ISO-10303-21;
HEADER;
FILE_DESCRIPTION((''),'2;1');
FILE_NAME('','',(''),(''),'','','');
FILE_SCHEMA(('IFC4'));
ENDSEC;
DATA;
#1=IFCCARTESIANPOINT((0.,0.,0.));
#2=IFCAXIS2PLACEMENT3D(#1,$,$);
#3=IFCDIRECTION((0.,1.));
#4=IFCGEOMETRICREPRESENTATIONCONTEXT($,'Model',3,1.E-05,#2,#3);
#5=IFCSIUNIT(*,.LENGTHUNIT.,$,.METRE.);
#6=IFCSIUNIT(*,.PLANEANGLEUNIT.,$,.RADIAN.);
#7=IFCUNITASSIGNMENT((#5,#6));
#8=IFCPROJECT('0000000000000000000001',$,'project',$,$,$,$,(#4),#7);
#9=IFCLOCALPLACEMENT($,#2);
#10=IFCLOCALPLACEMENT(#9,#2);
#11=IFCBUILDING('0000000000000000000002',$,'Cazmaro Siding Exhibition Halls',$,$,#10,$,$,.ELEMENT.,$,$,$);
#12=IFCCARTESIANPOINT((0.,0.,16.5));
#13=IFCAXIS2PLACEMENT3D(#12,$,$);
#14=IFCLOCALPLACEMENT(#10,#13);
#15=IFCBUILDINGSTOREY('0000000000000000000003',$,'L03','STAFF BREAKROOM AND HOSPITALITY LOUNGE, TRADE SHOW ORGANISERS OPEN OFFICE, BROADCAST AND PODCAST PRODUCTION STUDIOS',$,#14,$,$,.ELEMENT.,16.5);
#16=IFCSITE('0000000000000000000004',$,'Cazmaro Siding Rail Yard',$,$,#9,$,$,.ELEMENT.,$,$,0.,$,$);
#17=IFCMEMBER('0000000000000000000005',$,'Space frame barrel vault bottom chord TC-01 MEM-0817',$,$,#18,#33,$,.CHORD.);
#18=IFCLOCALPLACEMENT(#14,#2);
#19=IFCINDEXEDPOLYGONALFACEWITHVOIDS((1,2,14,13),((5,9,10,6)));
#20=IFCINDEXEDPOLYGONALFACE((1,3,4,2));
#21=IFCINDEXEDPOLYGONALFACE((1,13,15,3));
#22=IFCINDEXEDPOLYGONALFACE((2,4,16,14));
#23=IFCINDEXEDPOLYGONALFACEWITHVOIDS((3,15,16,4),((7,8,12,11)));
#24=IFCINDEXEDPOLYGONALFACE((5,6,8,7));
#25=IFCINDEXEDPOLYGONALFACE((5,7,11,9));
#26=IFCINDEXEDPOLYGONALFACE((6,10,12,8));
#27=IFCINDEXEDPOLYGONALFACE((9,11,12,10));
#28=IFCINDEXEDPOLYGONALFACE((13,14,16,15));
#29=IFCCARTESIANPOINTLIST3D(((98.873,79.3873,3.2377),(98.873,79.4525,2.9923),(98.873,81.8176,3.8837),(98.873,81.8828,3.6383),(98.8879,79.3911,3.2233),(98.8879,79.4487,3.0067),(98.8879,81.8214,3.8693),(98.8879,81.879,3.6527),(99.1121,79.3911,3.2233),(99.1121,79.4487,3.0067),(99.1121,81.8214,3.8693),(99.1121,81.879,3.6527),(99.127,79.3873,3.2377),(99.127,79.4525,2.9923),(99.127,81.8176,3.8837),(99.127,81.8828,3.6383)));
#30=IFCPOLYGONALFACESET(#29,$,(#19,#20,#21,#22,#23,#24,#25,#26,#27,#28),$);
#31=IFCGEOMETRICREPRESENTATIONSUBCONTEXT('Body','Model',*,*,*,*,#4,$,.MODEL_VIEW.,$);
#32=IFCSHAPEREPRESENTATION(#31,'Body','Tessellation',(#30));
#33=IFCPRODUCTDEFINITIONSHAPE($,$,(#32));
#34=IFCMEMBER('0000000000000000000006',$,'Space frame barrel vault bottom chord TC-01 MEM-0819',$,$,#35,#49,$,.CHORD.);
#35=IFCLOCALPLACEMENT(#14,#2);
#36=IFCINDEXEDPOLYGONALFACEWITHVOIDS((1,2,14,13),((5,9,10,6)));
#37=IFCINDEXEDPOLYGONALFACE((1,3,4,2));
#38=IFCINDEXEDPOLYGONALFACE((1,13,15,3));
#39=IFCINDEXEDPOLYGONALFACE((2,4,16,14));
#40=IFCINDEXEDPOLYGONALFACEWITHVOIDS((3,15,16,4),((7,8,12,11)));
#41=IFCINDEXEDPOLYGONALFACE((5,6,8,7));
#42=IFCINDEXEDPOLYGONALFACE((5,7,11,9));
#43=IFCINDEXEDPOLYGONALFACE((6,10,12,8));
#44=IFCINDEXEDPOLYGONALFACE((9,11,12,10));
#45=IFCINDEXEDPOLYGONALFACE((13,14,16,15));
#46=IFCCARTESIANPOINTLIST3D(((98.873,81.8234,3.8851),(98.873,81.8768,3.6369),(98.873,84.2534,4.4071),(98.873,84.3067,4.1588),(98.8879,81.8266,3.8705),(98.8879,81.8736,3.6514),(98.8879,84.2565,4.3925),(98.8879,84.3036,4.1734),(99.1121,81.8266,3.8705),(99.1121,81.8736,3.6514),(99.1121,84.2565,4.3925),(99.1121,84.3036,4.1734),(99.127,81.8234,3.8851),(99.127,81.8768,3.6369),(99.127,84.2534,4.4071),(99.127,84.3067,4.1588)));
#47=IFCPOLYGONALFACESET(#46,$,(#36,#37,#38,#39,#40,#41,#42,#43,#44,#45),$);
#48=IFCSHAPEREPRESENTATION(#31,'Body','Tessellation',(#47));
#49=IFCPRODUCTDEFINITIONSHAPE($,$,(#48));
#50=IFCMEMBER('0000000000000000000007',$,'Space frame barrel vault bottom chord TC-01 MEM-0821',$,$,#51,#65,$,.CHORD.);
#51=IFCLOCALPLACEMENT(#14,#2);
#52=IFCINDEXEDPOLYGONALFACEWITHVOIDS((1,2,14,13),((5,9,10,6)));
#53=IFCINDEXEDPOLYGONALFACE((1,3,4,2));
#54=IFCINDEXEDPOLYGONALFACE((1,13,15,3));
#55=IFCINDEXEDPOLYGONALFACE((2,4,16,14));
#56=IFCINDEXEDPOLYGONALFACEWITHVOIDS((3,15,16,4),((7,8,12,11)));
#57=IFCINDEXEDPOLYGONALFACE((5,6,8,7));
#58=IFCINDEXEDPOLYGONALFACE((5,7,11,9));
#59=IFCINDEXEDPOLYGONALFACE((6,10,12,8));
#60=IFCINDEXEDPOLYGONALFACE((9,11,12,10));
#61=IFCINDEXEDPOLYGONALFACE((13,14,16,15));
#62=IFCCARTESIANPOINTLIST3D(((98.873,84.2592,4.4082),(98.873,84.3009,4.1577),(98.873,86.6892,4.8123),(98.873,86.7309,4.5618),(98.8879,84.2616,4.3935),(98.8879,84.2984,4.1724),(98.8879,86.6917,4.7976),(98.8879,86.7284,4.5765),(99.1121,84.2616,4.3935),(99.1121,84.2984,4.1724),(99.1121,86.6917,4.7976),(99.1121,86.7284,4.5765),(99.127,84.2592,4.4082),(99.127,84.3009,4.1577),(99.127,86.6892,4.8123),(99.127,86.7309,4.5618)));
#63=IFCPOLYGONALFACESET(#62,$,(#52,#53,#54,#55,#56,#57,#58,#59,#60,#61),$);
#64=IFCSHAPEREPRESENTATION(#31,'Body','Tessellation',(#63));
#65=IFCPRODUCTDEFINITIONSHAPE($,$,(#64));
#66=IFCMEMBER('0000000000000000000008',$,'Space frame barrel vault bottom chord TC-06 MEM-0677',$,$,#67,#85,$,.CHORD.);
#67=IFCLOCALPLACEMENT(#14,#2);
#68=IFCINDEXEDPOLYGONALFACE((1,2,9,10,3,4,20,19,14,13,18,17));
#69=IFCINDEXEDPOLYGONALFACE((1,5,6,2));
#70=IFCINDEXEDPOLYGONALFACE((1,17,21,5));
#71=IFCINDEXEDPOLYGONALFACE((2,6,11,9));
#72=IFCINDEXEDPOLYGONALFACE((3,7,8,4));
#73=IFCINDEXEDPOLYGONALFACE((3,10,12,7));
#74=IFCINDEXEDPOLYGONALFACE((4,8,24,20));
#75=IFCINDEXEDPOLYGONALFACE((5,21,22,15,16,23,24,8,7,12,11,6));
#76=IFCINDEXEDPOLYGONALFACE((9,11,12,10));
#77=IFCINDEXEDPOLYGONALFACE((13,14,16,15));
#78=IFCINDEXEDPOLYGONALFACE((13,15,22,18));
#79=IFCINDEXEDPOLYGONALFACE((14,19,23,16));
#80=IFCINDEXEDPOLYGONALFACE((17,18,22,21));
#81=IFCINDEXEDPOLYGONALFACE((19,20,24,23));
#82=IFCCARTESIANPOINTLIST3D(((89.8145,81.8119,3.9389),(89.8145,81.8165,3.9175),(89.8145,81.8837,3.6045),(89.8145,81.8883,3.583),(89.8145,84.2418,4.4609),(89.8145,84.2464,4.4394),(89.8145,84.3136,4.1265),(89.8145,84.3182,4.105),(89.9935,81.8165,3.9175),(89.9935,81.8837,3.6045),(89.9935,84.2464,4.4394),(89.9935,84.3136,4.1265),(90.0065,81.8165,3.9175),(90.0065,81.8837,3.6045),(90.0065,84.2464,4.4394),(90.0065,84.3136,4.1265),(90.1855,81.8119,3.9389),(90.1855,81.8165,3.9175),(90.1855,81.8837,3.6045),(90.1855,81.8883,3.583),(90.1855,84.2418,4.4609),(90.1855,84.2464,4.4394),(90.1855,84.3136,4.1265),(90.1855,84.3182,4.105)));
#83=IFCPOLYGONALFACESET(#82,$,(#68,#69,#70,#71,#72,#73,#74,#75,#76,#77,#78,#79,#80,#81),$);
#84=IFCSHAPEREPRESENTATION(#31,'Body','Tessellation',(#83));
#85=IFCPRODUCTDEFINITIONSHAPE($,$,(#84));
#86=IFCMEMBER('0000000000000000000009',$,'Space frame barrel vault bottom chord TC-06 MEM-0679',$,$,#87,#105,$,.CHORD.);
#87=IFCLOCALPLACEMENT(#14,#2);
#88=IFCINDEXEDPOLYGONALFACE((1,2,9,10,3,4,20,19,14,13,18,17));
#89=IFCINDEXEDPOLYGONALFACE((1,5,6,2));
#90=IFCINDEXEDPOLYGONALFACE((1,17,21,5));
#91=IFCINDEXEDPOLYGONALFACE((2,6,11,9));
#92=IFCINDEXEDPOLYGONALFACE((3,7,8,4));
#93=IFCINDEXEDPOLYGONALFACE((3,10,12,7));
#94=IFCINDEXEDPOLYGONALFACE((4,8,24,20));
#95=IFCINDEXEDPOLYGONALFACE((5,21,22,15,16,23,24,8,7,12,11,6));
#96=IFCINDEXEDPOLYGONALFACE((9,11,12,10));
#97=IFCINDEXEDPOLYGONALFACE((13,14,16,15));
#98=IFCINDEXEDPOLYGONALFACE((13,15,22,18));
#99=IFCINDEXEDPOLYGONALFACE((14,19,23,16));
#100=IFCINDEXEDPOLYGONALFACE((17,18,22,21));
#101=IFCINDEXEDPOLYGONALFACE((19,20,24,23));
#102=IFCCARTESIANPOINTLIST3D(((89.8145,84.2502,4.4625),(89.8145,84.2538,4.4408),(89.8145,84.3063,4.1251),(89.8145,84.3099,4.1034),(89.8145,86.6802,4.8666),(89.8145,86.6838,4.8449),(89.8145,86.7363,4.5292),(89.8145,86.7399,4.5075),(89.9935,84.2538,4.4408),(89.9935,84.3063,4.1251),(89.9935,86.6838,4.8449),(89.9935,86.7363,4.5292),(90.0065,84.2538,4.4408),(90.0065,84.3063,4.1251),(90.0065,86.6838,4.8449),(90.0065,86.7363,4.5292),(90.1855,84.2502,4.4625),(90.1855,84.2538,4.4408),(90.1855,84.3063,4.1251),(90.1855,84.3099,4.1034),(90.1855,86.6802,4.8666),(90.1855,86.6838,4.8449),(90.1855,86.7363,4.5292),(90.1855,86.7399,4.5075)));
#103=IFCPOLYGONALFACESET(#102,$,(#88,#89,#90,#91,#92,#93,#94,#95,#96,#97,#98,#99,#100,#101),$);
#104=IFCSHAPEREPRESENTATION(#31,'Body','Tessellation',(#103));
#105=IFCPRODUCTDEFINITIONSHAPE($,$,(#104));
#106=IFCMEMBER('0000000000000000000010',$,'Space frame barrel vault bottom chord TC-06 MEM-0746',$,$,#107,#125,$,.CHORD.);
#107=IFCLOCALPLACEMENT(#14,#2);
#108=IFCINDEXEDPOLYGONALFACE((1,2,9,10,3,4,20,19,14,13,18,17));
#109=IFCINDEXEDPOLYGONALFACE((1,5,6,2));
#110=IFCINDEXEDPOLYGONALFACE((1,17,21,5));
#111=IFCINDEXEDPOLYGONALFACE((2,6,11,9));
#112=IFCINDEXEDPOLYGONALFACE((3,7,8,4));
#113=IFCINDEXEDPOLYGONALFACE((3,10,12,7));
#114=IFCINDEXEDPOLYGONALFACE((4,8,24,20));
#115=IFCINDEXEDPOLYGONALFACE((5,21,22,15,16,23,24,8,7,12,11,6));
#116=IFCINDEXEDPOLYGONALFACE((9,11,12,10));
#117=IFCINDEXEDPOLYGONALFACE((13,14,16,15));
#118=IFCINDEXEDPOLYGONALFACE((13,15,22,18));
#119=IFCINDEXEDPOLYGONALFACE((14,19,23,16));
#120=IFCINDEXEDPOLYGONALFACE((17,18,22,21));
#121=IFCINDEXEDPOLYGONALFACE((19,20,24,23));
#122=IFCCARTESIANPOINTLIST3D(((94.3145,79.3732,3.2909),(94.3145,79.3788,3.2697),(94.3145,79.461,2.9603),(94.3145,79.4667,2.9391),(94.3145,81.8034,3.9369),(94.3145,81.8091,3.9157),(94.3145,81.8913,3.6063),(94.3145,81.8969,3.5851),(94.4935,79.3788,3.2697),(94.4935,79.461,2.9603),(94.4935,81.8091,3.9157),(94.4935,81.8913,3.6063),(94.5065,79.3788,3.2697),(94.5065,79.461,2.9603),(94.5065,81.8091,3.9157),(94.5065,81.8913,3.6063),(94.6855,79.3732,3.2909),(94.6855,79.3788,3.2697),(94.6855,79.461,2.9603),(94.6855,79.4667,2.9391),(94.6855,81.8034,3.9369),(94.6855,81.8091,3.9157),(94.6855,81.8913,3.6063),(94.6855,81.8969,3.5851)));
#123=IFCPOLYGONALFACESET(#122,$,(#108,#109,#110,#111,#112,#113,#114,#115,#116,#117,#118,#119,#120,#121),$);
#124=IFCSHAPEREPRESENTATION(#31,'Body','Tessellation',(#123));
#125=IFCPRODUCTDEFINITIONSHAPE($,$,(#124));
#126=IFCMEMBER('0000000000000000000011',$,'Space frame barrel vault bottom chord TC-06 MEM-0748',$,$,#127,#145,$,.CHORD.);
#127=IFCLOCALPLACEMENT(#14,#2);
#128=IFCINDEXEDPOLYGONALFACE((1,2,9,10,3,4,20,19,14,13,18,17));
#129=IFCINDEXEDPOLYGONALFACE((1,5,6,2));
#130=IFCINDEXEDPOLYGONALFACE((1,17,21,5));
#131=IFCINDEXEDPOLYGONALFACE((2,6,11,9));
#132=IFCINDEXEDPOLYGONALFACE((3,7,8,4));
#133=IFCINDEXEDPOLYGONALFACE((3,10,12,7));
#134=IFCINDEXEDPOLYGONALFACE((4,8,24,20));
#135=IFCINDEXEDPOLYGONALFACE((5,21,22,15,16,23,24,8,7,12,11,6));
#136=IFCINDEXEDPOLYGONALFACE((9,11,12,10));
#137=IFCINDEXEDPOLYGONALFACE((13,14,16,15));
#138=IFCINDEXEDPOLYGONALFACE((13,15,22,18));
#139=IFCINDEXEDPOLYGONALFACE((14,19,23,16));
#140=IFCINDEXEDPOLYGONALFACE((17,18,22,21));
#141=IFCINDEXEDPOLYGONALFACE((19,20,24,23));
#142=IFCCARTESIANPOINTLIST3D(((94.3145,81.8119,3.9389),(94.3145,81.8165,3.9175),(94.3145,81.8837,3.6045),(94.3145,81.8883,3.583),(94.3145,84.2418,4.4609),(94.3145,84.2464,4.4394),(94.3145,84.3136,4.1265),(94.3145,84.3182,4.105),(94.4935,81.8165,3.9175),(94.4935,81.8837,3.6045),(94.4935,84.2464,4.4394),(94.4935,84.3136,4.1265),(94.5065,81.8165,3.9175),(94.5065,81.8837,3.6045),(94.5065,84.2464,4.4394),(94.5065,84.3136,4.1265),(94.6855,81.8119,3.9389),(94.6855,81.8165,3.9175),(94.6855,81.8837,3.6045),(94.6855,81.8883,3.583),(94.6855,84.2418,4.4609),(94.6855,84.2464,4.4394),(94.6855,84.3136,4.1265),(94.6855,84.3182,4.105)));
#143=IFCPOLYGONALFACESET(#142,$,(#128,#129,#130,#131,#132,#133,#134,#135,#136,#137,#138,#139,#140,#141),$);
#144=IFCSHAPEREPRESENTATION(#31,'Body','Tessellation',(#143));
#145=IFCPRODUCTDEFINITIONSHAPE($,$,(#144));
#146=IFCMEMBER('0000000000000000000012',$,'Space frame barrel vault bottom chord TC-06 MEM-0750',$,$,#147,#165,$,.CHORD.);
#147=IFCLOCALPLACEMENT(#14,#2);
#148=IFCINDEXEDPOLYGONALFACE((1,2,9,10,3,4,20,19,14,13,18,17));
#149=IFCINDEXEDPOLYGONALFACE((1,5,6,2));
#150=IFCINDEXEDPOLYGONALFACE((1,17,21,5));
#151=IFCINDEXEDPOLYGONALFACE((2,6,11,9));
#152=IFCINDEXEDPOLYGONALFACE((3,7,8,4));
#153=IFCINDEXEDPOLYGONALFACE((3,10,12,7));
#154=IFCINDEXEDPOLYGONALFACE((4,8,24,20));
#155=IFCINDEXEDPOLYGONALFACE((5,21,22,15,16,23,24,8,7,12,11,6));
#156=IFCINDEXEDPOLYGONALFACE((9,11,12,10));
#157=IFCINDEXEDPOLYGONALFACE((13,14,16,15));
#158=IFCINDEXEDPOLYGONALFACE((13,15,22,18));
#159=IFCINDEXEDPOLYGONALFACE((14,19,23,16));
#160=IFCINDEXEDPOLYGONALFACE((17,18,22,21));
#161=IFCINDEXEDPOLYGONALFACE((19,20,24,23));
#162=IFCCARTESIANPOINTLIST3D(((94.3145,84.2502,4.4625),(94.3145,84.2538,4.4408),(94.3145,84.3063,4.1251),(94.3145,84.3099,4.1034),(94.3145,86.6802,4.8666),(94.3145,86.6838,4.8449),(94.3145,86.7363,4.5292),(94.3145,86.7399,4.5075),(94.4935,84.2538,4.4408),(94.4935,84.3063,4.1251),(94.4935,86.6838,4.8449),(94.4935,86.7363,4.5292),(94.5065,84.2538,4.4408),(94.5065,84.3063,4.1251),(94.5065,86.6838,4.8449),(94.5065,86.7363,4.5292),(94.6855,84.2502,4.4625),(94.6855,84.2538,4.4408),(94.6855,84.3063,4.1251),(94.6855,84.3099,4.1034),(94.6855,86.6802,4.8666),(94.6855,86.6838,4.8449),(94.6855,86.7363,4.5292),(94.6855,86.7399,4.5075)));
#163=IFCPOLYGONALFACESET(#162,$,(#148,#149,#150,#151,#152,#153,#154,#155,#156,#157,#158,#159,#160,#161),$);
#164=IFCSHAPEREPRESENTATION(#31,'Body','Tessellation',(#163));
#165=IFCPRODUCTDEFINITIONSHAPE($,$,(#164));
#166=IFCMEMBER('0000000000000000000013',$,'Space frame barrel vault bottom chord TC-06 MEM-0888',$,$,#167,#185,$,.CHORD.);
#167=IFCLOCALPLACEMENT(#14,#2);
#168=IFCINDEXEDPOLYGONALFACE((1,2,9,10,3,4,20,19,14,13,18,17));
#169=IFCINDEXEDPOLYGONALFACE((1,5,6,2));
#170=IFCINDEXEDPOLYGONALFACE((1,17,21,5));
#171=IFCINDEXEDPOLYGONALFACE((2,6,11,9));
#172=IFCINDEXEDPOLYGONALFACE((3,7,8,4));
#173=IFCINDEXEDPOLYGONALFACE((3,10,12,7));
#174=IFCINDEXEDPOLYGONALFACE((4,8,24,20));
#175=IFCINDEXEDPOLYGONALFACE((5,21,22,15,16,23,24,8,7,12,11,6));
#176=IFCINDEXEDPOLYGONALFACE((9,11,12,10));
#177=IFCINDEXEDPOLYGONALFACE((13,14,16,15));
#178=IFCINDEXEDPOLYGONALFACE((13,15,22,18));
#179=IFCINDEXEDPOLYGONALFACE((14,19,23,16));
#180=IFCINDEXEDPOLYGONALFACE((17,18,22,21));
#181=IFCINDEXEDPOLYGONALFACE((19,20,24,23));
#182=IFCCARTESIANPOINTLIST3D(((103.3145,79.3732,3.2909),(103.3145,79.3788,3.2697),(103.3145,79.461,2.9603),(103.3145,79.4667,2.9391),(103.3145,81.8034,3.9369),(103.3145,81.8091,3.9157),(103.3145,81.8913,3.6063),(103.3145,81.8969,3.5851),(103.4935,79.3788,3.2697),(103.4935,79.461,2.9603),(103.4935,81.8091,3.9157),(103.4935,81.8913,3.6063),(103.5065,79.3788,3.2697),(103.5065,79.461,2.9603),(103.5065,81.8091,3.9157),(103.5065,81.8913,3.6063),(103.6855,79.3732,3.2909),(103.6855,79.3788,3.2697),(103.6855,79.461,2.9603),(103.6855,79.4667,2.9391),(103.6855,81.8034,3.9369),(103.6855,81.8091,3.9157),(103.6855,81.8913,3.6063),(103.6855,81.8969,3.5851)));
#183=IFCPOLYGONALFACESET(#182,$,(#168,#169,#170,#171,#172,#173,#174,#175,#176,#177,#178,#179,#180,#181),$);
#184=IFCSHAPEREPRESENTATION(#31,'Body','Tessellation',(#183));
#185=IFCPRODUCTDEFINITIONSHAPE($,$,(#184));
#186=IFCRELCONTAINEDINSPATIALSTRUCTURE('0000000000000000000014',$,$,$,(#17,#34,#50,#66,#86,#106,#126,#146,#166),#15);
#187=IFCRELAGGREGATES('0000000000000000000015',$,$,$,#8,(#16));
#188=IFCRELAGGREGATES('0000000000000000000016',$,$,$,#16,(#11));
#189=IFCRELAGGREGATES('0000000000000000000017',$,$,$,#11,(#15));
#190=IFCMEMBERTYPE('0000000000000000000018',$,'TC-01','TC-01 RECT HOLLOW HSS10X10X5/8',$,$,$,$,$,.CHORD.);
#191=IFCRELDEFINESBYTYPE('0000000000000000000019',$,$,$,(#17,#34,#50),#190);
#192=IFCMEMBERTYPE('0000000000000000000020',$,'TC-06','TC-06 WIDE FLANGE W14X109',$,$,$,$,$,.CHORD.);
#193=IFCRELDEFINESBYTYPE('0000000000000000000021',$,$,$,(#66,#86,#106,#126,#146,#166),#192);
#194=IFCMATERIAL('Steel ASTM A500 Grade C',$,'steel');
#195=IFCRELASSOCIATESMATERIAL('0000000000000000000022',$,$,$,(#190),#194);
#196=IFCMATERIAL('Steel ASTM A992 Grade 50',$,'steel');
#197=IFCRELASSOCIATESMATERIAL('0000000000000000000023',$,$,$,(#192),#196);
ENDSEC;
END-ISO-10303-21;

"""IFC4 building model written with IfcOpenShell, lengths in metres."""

from ifc_helpers import new_model, si_unit, direction, frame, origin, origin_2d, place, context, subcontext, project, spatial, hollow_rectangle, i_section, extrude, material, material_profile, profile_set, type_object, element, save


model = new_model("IFC4")

# Units and contexts
model_context = context("Model", 3, precision=1e-05, world=origin(), true_north=direction((0.0, 1.0)))
body_context = subcontext(model_context, "Body", "Model", "MODEL_VIEW")
ifc_project = project(units=[si_unit("LENGTHUNIT", "METRE"), si_unit("PLANEANGLEUNIT", "RADIAN")], contexts=[model_context])

# Site, building, storey
site_placement = place(None, origin())
site = spatial("IfcSite", under=ifc_project, at=site_placement, Name="Cazmaro Siding Rail Yard", CompositionType="ELEMENT", RefElevation=0.0)
building_placement = place(site_placement, origin())
building = spatial("IfcBuilding", under=site, at=building_placement, Name="Cazmaro Siding Exhibition Halls", CompositionType="ELEMENT")
storey_placement = place(building_placement, frame((0.0, 0.0, 16.5)))
storey = spatial("IfcBuildingStorey", under=building, at=storey_placement, Name="L03", Description="STAFF BREAKROOM AND HOSPITALITY LOUNGE, TRADE SHOW ORGANISERS OPEN OFFICE, BROADCAST AND PODCAST PRODUCTION STUDIOS", CompositionType="ELEMENT", Elevation=16.5)

# Members
ifc_material_1 = material(Name="Steel ASTM A500 Grade C", Category="steel")
ifc_material_profile_1 = material_profile(ifc_material_1, hollow_rectangle(XDim=0.2539, YDim=0.2539, WallThickness=0.0149, at=origin_2d()), Name="HSS10X10X5/8")
ifc_profile_set_1 = profile_set([ifc_material_profile_1], Name="Steel ASTM A500 Grade C")
member_type_1 = type_object("IfcMemberType", Name="TC-01", Description="TC-01 RECT HOLLOW HSS10X10X5/8", PredefinedType="CHORD", material=ifc_profile_set_1)
member_1_placement = place(storey_placement, frame((99.0, 79.4199, 3.115), z_axis=(0.0, 0.966438, 0.256901), x_axis=(-1.0, 0.0, 0.0)))
element("IfcMember", 1, at=member_1_placement, inside=storey, type_object=member_type_1, Name="Space frame barrel vault bottom chord TC-01 MEM-0817", PredefinedType="CHORD", context=body_context, shape_type="SweptSolid", body=[
    extrude(hollow_rectangle(XDim=0.2539, YDim=0.2539, WallThickness=0.0149, at=origin_2d()), origin(), (0.0, 0.0, 1.0), 2.5146),
])
member_2_placement = place(storey_placement, frame((99.0, 81.8501, 3.761), z_axis=(0.0, 0.977697, 0.210019), x_axis=(-1.0, 0.0, 0.0)))
element("IfcMember", 2, at=member_2_placement, inside=storey, type_object=member_type_1, Name="Space frame barrel vault bottom chord TC-01 MEM-0819", PredefinedType="CHORD", context=body_context, shape_type="SweptSolid", body=[
    extrude(hollow_rectangle(XDim=0.2539, YDim=0.2539, WallThickness=0.0149, at=origin_2d()), origin(), (0.0, 0.0, 1.0), 2.4854),
])
member_3_placement = place(storey_placement, frame((99.0, 84.28, 4.283), z_axis=(0.0, 0.986455, 0.164029), x_axis=(-1.0, 0.0, 0.0)))
element("IfcMember", 3, at=member_3_placement, inside=storey, type_object=member_type_1, Name="Space frame barrel vault bottom chord TC-01 MEM-0821", PredefinedType="CHORD", context=body_context, shape_type="SweptSolid", body=[
    extrude(hollow_rectangle(XDim=0.2539, YDim=0.2539, WallThickness=0.0149, at=origin_2d()), origin(), (0.0, 0.0, 1.0), 2.4634),
])
ifc_material_2 = material(Name="Steel ASTM A992 Grade 50", Category="steel")
ifc_material_profile_2 = material_profile(ifc_material_2, i_section(OverallWidth=0.3711, OverallDepth=0.364, WebThickness=0.0129, FlangeThickness=0.022, at=origin_2d()), Name="W14X109")
ifc_profile_set_2 = profile_set([ifc_material_profile_2], Name="Steel ASTM A992 Grade 50")
member_type_2 = type_object("IfcMemberType", Name="TC-06", Description="TC-06 WIDE FLANGE W14X109", PredefinedType="CHORD", material=ifc_profile_set_2)
member_4_placement = place(storey_placement, frame((90.0, 81.8501, 3.761), z_axis=(0.0, 0.977697, 0.210019), x_axis=(-1.0, 0.0, 0.0)))
element("IfcMember", 4, at=member_4_placement, inside=storey, type_object=member_type_2, Name="Space frame barrel vault bottom chord TC-06 MEM-0677", PredefinedType="CHORD", context=body_context, shape_type="SweptSolid", body=[
    extrude(i_section(OverallWidth=0.3711, OverallDepth=0.364, WebThickness=0.0129, FlangeThickness=0.022, at=origin_2d()), origin(), (0.0, 0.0, 1.0), 2.4854),
])
member_5_placement = place(storey_placement, frame((90.0, 84.28, 4.283), z_axis=(0.0, 0.986455, 0.164029), x_axis=(-1.0, 0.0, 0.0)))
element("IfcMember", 5, at=member_5_placement, inside=storey, type_object=member_type_2, Name="Space frame barrel vault bottom chord TC-06 MEM-0679", PredefinedType="CHORD", context=body_context, shape_type="SweptSolid", body=[
    extrude(i_section(OverallWidth=0.3711, OverallDepth=0.364, WebThickness=0.0129, FlangeThickness=0.022, at=origin_2d()), origin(), (0.0, 0.0, 1.0), 2.4634),
])
member_6_placement = place(storey_placement, frame((94.5, 79.4199, 3.115), z_axis=(0.0, 0.966438, 0.256901), x_axis=(-1.0, 0.0, 0.0)))
element("IfcMember", 6, at=member_6_placement, inside=storey, type_object=member_type_2, Name="Space frame barrel vault bottom chord TC-06 MEM-0746", PredefinedType="CHORD", context=body_context, shape_type="SweptSolid", body=[
    extrude(i_section(OverallWidth=0.3711, OverallDepth=0.364, WebThickness=0.0129, FlangeThickness=0.022, at=origin_2d()), origin(), (0.0, 0.0, 1.0), 2.5146),
])
member_7_placement = place(storey_placement, frame((94.5, 81.8501, 3.761), z_axis=(0.0, 0.977697, 0.210019), x_axis=(-1.0, 0.0, 0.0)))
element("IfcMember", 7, at=member_7_placement, inside=storey, type_object=member_type_2, Name="Space frame barrel vault bottom chord TC-06 MEM-0748", PredefinedType="CHORD", context=body_context, shape_type="SweptSolid", body=[
    extrude(i_section(OverallWidth=0.3711, OverallDepth=0.364, WebThickness=0.0129, FlangeThickness=0.022, at=origin_2d()), origin(), (0.0, 0.0, 1.0), 2.4854),
])
member_8_placement = place(storey_placement, frame((94.5, 84.28, 4.283), z_axis=(0.0, 0.986455, 0.164029), x_axis=(-1.0, 0.0, 0.0)))
element("IfcMember", 8, at=member_8_placement, inside=storey, type_object=member_type_2, Name="Space frame barrel vault bottom chord TC-06 MEM-0750", PredefinedType="CHORD", context=body_context, shape_type="SweptSolid", body=[
    extrude(i_section(OverallWidth=0.3711, OverallDepth=0.364, WebThickness=0.0129, FlangeThickness=0.022, at=origin_2d()), origin(), (0.0, 0.0, 1.0), 2.4634),
])
member_9_placement = place(storey_placement, frame((103.5, 79.4199, 3.115), z_axis=(0.0, 0.966438, 0.256901), x_axis=(-1.0, 0.0, 0.0)))
element("IfcMember", 9, at=member_9_placement, inside=storey, type_object=member_type_2, Name="Space frame barrel vault bottom chord TC-06 MEM-0888", PredefinedType="CHORD", context=body_context, shape_type="SweptSolid", body=[
    extrude(i_section(OverallWidth=0.3711, OverallDepth=0.364, WebThickness=0.0129, FlangeThickness=0.022, at=origin_2d()), origin(), (0.0, 0.0, 1.0), 2.5146),
])

save(model, "model.ifc")
